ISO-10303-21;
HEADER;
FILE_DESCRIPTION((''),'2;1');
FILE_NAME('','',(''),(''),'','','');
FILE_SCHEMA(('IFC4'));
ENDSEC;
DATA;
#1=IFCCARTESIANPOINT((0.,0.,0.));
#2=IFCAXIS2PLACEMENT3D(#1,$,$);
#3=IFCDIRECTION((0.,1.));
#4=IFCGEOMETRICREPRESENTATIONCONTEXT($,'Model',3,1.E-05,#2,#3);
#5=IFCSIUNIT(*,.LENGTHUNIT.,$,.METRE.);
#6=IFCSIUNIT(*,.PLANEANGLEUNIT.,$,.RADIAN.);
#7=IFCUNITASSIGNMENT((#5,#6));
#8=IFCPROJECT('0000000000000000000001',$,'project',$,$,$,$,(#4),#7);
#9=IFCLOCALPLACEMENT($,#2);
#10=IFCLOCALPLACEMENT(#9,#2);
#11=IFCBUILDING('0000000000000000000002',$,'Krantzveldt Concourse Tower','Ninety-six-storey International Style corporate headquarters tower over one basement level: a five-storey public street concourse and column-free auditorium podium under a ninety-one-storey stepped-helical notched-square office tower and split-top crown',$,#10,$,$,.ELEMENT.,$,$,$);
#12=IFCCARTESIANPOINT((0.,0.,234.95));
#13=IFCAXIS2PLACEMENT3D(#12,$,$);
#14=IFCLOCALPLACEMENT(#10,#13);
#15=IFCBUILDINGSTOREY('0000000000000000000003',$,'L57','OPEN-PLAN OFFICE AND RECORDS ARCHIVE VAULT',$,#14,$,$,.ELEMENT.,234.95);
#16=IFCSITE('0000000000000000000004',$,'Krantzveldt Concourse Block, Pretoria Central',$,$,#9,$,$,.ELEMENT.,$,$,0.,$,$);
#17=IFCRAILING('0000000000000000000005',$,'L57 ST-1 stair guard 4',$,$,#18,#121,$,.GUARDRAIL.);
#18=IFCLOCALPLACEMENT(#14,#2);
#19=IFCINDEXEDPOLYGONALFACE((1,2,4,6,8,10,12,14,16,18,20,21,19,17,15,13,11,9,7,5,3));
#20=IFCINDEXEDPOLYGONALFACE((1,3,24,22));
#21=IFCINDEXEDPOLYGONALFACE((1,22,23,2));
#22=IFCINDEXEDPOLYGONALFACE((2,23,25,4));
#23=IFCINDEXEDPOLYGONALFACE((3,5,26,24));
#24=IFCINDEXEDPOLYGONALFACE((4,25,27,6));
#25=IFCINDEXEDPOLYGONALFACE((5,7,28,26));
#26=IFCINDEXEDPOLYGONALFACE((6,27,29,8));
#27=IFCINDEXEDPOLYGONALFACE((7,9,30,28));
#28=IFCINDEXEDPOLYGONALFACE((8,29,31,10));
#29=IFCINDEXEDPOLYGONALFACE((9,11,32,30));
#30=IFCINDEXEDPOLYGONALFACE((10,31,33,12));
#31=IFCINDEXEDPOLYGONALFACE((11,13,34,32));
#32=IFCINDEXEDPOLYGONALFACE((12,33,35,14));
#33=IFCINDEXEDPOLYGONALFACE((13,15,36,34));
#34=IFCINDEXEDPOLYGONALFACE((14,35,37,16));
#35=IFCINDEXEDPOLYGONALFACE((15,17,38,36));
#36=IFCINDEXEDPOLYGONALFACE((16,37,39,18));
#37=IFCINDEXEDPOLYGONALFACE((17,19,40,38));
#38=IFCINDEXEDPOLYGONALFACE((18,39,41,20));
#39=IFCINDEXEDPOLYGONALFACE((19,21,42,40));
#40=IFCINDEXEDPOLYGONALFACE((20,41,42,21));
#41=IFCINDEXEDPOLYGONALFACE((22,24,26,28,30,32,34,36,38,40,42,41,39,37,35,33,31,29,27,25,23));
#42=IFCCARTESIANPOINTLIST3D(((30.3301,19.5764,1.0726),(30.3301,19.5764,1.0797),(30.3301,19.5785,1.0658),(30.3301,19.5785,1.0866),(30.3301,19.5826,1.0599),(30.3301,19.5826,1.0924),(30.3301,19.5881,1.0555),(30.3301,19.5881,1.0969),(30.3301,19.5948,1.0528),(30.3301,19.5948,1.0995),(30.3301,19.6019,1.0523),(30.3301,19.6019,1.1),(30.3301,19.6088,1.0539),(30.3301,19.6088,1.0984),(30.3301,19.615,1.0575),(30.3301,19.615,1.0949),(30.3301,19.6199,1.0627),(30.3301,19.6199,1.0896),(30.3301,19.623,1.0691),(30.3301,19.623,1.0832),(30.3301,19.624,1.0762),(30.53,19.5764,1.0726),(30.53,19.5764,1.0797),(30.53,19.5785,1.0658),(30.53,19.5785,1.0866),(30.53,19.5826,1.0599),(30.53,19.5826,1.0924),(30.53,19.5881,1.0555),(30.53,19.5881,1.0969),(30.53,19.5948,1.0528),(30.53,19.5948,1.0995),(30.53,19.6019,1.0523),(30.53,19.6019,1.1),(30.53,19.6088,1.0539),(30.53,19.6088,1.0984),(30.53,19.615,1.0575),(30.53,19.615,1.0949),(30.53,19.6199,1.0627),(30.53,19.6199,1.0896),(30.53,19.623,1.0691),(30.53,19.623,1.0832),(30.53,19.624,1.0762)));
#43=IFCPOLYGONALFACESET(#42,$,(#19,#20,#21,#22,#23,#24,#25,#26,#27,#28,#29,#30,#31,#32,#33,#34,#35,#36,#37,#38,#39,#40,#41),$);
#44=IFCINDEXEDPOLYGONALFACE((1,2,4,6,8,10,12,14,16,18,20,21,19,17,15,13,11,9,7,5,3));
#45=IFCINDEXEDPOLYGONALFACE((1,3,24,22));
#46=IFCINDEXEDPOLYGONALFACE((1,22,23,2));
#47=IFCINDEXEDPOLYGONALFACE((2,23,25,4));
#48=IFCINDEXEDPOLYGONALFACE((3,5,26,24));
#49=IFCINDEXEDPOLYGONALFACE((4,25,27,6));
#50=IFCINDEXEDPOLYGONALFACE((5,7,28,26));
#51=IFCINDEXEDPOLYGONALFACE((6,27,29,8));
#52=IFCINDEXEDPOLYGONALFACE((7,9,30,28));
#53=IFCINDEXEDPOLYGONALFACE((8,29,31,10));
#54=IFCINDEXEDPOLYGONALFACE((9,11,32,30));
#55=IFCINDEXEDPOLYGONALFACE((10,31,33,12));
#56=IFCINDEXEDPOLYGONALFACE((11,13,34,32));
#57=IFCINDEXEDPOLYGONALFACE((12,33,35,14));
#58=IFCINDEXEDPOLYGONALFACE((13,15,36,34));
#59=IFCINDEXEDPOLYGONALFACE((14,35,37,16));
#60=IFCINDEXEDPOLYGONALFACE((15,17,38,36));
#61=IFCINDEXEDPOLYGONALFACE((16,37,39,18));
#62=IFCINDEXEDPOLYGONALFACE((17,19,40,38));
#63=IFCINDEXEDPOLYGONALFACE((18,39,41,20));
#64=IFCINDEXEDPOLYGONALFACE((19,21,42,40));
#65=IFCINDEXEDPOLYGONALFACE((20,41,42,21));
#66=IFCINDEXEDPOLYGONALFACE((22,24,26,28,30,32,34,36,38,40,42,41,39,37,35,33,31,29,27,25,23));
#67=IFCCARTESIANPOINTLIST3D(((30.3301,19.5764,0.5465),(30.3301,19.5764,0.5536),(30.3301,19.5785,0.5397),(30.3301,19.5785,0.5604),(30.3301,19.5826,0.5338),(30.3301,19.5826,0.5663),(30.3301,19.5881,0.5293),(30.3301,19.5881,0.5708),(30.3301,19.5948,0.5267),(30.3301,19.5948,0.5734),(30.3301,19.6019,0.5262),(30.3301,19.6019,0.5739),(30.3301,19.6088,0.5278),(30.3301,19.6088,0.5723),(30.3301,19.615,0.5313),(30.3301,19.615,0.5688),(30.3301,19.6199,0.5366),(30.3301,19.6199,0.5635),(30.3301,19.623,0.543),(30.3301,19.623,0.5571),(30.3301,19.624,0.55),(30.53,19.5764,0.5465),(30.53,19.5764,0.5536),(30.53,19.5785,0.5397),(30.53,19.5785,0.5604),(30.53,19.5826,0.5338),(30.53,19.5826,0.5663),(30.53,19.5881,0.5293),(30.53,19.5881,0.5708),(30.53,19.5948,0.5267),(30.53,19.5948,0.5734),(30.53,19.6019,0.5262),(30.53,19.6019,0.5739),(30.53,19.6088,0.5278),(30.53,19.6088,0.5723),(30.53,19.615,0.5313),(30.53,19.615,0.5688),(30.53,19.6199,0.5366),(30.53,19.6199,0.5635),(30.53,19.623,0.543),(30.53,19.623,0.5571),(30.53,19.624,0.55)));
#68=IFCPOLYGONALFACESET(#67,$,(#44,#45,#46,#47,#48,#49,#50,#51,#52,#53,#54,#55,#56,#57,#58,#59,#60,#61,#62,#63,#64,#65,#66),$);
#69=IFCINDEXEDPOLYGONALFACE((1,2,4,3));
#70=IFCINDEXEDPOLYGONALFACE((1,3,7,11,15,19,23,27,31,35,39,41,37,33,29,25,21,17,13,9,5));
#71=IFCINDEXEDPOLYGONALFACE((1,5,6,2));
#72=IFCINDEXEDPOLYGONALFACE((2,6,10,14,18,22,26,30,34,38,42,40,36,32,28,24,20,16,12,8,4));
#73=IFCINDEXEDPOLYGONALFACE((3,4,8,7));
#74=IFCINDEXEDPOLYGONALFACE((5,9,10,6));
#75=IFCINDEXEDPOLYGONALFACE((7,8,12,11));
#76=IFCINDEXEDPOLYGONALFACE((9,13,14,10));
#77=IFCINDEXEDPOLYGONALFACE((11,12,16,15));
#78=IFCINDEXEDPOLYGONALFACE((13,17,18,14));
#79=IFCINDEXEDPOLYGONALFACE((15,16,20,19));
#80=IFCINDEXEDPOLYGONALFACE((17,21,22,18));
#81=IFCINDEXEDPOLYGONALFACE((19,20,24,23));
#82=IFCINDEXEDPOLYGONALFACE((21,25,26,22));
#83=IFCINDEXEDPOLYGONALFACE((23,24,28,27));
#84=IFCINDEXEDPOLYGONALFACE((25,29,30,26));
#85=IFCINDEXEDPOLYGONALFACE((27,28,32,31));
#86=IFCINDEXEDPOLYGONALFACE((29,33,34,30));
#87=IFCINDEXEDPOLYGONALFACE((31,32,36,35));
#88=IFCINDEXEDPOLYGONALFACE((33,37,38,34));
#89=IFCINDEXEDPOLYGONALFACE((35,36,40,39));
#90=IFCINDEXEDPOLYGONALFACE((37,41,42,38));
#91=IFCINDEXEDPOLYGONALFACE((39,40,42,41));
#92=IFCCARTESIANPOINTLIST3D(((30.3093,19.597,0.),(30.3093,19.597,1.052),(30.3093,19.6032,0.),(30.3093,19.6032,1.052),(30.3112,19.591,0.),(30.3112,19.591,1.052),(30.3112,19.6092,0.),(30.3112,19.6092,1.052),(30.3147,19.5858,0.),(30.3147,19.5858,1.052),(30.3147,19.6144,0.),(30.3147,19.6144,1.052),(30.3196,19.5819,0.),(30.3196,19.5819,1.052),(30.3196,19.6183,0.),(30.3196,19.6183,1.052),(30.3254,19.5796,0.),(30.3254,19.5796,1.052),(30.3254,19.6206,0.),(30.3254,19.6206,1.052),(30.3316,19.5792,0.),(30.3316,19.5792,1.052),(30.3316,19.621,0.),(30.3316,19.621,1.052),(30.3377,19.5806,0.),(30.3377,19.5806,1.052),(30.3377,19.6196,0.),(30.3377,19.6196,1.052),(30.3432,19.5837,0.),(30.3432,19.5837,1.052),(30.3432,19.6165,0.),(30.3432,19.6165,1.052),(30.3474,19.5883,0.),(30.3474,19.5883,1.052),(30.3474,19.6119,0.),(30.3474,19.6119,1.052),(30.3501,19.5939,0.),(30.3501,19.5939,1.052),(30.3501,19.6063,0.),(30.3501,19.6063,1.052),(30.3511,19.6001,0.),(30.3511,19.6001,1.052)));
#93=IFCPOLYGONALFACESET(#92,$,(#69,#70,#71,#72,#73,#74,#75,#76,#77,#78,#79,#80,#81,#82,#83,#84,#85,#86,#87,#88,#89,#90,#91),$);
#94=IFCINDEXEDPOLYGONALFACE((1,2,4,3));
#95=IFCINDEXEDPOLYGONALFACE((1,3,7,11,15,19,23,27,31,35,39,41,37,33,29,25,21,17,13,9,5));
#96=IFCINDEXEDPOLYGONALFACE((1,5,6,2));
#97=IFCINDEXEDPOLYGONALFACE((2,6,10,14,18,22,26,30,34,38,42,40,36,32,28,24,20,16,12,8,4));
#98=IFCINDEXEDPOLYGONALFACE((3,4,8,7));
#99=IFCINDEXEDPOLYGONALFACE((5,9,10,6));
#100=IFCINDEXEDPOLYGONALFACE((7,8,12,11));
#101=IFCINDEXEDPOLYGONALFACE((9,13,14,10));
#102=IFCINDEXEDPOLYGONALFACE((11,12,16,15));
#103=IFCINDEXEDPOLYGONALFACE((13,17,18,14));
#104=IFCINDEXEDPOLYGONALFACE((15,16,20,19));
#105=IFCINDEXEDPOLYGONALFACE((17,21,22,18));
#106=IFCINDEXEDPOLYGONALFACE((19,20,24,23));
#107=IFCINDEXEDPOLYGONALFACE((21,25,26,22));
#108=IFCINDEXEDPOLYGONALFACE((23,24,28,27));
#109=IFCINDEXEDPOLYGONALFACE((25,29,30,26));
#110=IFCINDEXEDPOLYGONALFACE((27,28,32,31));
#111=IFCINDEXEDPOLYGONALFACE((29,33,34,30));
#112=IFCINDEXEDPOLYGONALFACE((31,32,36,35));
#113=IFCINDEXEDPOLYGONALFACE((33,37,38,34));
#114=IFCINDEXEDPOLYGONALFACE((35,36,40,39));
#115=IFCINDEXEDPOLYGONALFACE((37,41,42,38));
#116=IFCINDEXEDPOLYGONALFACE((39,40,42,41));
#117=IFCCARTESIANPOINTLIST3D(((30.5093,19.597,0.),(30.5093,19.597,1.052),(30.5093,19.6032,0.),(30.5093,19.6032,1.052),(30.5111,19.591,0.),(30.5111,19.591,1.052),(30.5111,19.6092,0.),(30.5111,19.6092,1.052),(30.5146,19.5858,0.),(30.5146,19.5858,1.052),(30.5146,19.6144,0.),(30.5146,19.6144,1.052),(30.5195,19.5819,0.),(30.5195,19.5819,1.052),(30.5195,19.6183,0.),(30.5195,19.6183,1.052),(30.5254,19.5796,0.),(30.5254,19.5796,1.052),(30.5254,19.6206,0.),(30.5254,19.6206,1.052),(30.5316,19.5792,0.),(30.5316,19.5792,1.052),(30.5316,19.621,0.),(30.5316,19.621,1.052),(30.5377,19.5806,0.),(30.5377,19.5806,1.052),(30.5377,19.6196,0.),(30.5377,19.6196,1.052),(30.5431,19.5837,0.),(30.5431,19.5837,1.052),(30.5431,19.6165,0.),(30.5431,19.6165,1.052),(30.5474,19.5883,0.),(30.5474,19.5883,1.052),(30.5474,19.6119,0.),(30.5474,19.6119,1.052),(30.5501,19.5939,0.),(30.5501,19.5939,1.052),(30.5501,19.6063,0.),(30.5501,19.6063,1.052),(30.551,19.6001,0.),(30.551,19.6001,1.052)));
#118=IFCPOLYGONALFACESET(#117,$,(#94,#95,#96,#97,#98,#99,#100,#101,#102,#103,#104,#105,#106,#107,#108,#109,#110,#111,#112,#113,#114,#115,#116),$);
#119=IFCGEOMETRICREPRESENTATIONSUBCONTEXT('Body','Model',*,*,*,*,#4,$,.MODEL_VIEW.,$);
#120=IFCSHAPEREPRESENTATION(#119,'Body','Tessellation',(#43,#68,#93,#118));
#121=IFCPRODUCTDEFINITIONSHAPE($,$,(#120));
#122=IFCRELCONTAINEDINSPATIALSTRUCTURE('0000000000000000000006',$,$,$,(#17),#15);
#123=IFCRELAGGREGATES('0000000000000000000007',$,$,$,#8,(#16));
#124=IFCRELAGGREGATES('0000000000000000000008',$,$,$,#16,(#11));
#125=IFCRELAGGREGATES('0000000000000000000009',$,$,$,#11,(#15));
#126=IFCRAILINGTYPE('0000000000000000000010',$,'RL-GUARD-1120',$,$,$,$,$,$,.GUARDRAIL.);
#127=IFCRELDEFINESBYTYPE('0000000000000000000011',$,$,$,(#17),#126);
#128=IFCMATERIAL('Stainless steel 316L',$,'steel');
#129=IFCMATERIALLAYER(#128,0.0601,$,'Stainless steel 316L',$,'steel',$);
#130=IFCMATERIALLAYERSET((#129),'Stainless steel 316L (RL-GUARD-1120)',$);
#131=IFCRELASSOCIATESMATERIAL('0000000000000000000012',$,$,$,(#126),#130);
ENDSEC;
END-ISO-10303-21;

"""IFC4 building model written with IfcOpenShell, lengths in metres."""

from ifc_helpers import new_model, si_unit, direction, frame, origin, origin_2d, place, context, subcontext, project, spatial, circle, extrude, material, layer, layer_set, type_object, element, save


model = new_model("IFC4")

# Units and contexts
model_context = context("Model", 3, precision=1e-05, world=origin(), true_north=direction((0.0, 1.0)))
body_context = subcontext(model_context, "Body", "Model", "MODEL_VIEW")
ifc_project = project(units=[si_unit("LENGTHUNIT", "METRE"), si_unit("PLANEANGLEUNIT", "RADIAN")], contexts=[model_context])

# Site, building, storey
site_placement = place(None, origin())
site = spatial("IfcSite", under=ifc_project, at=site_placement, Name="Krantzveldt Concourse Block, Pretoria Central", CompositionType="ELEMENT", RefElevation=0.0)
building_placement = place(site_placement, origin())
building = spatial("IfcBuilding", under=site, at=building_placement, Name="Krantzveldt Concourse Tower", Description="Ninety-six-storey International Style corporate headquarters tower over one basement level: a five-storey public street concourse and column-free auditorium podium under a ninety-one-storey stepped-helical notched-square office tower and split-top crown", CompositionType="ELEMENT")
storey_placement = place(building_placement, frame((0.0, 0.0, 234.95)))
storey = spatial("IfcBuildingStorey", under=building, at=storey_placement, Name="L57", Description="OPEN-PLAN OFFICE AND RECORDS ARCHIVE VAULT", CompositionType="ELEMENT", Elevation=234.95)

# Shared definitions
ifc_material_1 = material(Name="Stainless steel 316L", Category="steel")

# Railing
ifc_layer_1 = layer(ifc_material_1, 0.0601, Name="Stainless steel 316L", Category="steel")
ifc_layer_set_1 = layer_set([ifc_layer_1], Name="Stainless steel 316L (RL-GUARD-1120)")
railing_type_1 = type_object("IfcRailingType", Name="RL-GUARD-1120", PredefinedType="GUARDRAIL", material=ifc_layer_set_1)
railing_1_placement = place(storey_placement, frame((30.3301, 19.6001, 0.0)))
element("IfcRailing", 1, at=railing_1_placement, inside=storey, type_object=railing_type_1, Name="L57 ST-1 stair guard 4", PredefinedType="GUARDRAIL", context=body_context, shape_type="SweptSolid", body=[
    extrude(circle(Radius=0.0239, at=origin_2d()), frame((0.0, 0.0, 1.0762), z_axis=(1.0, 0.0, 0.0), x_axis=(0.0, 1.0, 0.0)), (0.0, 0.0, 1.0), 0.2),
    extrude(circle(Radius=0.0239, at=origin_2d()), frame((0.0, 0.0, 0.55), z_axis=(1.0, 0.0, 0.0), x_axis=(0.0, 1.0, 0.0)), (0.0, 0.0, 1.0), 0.2),
    extrude(circle(Radius=0.021, at=origin_2d()), origin(), (0.0, 0.0, 1.0), 1.052),
    extrude(circle(Radius=0.021, at=origin_2d()), frame((0.2, 0.0, 0.0)), (0.0, 0.0, 1.0), 1.052),
])

save(model, "model.ifc")
